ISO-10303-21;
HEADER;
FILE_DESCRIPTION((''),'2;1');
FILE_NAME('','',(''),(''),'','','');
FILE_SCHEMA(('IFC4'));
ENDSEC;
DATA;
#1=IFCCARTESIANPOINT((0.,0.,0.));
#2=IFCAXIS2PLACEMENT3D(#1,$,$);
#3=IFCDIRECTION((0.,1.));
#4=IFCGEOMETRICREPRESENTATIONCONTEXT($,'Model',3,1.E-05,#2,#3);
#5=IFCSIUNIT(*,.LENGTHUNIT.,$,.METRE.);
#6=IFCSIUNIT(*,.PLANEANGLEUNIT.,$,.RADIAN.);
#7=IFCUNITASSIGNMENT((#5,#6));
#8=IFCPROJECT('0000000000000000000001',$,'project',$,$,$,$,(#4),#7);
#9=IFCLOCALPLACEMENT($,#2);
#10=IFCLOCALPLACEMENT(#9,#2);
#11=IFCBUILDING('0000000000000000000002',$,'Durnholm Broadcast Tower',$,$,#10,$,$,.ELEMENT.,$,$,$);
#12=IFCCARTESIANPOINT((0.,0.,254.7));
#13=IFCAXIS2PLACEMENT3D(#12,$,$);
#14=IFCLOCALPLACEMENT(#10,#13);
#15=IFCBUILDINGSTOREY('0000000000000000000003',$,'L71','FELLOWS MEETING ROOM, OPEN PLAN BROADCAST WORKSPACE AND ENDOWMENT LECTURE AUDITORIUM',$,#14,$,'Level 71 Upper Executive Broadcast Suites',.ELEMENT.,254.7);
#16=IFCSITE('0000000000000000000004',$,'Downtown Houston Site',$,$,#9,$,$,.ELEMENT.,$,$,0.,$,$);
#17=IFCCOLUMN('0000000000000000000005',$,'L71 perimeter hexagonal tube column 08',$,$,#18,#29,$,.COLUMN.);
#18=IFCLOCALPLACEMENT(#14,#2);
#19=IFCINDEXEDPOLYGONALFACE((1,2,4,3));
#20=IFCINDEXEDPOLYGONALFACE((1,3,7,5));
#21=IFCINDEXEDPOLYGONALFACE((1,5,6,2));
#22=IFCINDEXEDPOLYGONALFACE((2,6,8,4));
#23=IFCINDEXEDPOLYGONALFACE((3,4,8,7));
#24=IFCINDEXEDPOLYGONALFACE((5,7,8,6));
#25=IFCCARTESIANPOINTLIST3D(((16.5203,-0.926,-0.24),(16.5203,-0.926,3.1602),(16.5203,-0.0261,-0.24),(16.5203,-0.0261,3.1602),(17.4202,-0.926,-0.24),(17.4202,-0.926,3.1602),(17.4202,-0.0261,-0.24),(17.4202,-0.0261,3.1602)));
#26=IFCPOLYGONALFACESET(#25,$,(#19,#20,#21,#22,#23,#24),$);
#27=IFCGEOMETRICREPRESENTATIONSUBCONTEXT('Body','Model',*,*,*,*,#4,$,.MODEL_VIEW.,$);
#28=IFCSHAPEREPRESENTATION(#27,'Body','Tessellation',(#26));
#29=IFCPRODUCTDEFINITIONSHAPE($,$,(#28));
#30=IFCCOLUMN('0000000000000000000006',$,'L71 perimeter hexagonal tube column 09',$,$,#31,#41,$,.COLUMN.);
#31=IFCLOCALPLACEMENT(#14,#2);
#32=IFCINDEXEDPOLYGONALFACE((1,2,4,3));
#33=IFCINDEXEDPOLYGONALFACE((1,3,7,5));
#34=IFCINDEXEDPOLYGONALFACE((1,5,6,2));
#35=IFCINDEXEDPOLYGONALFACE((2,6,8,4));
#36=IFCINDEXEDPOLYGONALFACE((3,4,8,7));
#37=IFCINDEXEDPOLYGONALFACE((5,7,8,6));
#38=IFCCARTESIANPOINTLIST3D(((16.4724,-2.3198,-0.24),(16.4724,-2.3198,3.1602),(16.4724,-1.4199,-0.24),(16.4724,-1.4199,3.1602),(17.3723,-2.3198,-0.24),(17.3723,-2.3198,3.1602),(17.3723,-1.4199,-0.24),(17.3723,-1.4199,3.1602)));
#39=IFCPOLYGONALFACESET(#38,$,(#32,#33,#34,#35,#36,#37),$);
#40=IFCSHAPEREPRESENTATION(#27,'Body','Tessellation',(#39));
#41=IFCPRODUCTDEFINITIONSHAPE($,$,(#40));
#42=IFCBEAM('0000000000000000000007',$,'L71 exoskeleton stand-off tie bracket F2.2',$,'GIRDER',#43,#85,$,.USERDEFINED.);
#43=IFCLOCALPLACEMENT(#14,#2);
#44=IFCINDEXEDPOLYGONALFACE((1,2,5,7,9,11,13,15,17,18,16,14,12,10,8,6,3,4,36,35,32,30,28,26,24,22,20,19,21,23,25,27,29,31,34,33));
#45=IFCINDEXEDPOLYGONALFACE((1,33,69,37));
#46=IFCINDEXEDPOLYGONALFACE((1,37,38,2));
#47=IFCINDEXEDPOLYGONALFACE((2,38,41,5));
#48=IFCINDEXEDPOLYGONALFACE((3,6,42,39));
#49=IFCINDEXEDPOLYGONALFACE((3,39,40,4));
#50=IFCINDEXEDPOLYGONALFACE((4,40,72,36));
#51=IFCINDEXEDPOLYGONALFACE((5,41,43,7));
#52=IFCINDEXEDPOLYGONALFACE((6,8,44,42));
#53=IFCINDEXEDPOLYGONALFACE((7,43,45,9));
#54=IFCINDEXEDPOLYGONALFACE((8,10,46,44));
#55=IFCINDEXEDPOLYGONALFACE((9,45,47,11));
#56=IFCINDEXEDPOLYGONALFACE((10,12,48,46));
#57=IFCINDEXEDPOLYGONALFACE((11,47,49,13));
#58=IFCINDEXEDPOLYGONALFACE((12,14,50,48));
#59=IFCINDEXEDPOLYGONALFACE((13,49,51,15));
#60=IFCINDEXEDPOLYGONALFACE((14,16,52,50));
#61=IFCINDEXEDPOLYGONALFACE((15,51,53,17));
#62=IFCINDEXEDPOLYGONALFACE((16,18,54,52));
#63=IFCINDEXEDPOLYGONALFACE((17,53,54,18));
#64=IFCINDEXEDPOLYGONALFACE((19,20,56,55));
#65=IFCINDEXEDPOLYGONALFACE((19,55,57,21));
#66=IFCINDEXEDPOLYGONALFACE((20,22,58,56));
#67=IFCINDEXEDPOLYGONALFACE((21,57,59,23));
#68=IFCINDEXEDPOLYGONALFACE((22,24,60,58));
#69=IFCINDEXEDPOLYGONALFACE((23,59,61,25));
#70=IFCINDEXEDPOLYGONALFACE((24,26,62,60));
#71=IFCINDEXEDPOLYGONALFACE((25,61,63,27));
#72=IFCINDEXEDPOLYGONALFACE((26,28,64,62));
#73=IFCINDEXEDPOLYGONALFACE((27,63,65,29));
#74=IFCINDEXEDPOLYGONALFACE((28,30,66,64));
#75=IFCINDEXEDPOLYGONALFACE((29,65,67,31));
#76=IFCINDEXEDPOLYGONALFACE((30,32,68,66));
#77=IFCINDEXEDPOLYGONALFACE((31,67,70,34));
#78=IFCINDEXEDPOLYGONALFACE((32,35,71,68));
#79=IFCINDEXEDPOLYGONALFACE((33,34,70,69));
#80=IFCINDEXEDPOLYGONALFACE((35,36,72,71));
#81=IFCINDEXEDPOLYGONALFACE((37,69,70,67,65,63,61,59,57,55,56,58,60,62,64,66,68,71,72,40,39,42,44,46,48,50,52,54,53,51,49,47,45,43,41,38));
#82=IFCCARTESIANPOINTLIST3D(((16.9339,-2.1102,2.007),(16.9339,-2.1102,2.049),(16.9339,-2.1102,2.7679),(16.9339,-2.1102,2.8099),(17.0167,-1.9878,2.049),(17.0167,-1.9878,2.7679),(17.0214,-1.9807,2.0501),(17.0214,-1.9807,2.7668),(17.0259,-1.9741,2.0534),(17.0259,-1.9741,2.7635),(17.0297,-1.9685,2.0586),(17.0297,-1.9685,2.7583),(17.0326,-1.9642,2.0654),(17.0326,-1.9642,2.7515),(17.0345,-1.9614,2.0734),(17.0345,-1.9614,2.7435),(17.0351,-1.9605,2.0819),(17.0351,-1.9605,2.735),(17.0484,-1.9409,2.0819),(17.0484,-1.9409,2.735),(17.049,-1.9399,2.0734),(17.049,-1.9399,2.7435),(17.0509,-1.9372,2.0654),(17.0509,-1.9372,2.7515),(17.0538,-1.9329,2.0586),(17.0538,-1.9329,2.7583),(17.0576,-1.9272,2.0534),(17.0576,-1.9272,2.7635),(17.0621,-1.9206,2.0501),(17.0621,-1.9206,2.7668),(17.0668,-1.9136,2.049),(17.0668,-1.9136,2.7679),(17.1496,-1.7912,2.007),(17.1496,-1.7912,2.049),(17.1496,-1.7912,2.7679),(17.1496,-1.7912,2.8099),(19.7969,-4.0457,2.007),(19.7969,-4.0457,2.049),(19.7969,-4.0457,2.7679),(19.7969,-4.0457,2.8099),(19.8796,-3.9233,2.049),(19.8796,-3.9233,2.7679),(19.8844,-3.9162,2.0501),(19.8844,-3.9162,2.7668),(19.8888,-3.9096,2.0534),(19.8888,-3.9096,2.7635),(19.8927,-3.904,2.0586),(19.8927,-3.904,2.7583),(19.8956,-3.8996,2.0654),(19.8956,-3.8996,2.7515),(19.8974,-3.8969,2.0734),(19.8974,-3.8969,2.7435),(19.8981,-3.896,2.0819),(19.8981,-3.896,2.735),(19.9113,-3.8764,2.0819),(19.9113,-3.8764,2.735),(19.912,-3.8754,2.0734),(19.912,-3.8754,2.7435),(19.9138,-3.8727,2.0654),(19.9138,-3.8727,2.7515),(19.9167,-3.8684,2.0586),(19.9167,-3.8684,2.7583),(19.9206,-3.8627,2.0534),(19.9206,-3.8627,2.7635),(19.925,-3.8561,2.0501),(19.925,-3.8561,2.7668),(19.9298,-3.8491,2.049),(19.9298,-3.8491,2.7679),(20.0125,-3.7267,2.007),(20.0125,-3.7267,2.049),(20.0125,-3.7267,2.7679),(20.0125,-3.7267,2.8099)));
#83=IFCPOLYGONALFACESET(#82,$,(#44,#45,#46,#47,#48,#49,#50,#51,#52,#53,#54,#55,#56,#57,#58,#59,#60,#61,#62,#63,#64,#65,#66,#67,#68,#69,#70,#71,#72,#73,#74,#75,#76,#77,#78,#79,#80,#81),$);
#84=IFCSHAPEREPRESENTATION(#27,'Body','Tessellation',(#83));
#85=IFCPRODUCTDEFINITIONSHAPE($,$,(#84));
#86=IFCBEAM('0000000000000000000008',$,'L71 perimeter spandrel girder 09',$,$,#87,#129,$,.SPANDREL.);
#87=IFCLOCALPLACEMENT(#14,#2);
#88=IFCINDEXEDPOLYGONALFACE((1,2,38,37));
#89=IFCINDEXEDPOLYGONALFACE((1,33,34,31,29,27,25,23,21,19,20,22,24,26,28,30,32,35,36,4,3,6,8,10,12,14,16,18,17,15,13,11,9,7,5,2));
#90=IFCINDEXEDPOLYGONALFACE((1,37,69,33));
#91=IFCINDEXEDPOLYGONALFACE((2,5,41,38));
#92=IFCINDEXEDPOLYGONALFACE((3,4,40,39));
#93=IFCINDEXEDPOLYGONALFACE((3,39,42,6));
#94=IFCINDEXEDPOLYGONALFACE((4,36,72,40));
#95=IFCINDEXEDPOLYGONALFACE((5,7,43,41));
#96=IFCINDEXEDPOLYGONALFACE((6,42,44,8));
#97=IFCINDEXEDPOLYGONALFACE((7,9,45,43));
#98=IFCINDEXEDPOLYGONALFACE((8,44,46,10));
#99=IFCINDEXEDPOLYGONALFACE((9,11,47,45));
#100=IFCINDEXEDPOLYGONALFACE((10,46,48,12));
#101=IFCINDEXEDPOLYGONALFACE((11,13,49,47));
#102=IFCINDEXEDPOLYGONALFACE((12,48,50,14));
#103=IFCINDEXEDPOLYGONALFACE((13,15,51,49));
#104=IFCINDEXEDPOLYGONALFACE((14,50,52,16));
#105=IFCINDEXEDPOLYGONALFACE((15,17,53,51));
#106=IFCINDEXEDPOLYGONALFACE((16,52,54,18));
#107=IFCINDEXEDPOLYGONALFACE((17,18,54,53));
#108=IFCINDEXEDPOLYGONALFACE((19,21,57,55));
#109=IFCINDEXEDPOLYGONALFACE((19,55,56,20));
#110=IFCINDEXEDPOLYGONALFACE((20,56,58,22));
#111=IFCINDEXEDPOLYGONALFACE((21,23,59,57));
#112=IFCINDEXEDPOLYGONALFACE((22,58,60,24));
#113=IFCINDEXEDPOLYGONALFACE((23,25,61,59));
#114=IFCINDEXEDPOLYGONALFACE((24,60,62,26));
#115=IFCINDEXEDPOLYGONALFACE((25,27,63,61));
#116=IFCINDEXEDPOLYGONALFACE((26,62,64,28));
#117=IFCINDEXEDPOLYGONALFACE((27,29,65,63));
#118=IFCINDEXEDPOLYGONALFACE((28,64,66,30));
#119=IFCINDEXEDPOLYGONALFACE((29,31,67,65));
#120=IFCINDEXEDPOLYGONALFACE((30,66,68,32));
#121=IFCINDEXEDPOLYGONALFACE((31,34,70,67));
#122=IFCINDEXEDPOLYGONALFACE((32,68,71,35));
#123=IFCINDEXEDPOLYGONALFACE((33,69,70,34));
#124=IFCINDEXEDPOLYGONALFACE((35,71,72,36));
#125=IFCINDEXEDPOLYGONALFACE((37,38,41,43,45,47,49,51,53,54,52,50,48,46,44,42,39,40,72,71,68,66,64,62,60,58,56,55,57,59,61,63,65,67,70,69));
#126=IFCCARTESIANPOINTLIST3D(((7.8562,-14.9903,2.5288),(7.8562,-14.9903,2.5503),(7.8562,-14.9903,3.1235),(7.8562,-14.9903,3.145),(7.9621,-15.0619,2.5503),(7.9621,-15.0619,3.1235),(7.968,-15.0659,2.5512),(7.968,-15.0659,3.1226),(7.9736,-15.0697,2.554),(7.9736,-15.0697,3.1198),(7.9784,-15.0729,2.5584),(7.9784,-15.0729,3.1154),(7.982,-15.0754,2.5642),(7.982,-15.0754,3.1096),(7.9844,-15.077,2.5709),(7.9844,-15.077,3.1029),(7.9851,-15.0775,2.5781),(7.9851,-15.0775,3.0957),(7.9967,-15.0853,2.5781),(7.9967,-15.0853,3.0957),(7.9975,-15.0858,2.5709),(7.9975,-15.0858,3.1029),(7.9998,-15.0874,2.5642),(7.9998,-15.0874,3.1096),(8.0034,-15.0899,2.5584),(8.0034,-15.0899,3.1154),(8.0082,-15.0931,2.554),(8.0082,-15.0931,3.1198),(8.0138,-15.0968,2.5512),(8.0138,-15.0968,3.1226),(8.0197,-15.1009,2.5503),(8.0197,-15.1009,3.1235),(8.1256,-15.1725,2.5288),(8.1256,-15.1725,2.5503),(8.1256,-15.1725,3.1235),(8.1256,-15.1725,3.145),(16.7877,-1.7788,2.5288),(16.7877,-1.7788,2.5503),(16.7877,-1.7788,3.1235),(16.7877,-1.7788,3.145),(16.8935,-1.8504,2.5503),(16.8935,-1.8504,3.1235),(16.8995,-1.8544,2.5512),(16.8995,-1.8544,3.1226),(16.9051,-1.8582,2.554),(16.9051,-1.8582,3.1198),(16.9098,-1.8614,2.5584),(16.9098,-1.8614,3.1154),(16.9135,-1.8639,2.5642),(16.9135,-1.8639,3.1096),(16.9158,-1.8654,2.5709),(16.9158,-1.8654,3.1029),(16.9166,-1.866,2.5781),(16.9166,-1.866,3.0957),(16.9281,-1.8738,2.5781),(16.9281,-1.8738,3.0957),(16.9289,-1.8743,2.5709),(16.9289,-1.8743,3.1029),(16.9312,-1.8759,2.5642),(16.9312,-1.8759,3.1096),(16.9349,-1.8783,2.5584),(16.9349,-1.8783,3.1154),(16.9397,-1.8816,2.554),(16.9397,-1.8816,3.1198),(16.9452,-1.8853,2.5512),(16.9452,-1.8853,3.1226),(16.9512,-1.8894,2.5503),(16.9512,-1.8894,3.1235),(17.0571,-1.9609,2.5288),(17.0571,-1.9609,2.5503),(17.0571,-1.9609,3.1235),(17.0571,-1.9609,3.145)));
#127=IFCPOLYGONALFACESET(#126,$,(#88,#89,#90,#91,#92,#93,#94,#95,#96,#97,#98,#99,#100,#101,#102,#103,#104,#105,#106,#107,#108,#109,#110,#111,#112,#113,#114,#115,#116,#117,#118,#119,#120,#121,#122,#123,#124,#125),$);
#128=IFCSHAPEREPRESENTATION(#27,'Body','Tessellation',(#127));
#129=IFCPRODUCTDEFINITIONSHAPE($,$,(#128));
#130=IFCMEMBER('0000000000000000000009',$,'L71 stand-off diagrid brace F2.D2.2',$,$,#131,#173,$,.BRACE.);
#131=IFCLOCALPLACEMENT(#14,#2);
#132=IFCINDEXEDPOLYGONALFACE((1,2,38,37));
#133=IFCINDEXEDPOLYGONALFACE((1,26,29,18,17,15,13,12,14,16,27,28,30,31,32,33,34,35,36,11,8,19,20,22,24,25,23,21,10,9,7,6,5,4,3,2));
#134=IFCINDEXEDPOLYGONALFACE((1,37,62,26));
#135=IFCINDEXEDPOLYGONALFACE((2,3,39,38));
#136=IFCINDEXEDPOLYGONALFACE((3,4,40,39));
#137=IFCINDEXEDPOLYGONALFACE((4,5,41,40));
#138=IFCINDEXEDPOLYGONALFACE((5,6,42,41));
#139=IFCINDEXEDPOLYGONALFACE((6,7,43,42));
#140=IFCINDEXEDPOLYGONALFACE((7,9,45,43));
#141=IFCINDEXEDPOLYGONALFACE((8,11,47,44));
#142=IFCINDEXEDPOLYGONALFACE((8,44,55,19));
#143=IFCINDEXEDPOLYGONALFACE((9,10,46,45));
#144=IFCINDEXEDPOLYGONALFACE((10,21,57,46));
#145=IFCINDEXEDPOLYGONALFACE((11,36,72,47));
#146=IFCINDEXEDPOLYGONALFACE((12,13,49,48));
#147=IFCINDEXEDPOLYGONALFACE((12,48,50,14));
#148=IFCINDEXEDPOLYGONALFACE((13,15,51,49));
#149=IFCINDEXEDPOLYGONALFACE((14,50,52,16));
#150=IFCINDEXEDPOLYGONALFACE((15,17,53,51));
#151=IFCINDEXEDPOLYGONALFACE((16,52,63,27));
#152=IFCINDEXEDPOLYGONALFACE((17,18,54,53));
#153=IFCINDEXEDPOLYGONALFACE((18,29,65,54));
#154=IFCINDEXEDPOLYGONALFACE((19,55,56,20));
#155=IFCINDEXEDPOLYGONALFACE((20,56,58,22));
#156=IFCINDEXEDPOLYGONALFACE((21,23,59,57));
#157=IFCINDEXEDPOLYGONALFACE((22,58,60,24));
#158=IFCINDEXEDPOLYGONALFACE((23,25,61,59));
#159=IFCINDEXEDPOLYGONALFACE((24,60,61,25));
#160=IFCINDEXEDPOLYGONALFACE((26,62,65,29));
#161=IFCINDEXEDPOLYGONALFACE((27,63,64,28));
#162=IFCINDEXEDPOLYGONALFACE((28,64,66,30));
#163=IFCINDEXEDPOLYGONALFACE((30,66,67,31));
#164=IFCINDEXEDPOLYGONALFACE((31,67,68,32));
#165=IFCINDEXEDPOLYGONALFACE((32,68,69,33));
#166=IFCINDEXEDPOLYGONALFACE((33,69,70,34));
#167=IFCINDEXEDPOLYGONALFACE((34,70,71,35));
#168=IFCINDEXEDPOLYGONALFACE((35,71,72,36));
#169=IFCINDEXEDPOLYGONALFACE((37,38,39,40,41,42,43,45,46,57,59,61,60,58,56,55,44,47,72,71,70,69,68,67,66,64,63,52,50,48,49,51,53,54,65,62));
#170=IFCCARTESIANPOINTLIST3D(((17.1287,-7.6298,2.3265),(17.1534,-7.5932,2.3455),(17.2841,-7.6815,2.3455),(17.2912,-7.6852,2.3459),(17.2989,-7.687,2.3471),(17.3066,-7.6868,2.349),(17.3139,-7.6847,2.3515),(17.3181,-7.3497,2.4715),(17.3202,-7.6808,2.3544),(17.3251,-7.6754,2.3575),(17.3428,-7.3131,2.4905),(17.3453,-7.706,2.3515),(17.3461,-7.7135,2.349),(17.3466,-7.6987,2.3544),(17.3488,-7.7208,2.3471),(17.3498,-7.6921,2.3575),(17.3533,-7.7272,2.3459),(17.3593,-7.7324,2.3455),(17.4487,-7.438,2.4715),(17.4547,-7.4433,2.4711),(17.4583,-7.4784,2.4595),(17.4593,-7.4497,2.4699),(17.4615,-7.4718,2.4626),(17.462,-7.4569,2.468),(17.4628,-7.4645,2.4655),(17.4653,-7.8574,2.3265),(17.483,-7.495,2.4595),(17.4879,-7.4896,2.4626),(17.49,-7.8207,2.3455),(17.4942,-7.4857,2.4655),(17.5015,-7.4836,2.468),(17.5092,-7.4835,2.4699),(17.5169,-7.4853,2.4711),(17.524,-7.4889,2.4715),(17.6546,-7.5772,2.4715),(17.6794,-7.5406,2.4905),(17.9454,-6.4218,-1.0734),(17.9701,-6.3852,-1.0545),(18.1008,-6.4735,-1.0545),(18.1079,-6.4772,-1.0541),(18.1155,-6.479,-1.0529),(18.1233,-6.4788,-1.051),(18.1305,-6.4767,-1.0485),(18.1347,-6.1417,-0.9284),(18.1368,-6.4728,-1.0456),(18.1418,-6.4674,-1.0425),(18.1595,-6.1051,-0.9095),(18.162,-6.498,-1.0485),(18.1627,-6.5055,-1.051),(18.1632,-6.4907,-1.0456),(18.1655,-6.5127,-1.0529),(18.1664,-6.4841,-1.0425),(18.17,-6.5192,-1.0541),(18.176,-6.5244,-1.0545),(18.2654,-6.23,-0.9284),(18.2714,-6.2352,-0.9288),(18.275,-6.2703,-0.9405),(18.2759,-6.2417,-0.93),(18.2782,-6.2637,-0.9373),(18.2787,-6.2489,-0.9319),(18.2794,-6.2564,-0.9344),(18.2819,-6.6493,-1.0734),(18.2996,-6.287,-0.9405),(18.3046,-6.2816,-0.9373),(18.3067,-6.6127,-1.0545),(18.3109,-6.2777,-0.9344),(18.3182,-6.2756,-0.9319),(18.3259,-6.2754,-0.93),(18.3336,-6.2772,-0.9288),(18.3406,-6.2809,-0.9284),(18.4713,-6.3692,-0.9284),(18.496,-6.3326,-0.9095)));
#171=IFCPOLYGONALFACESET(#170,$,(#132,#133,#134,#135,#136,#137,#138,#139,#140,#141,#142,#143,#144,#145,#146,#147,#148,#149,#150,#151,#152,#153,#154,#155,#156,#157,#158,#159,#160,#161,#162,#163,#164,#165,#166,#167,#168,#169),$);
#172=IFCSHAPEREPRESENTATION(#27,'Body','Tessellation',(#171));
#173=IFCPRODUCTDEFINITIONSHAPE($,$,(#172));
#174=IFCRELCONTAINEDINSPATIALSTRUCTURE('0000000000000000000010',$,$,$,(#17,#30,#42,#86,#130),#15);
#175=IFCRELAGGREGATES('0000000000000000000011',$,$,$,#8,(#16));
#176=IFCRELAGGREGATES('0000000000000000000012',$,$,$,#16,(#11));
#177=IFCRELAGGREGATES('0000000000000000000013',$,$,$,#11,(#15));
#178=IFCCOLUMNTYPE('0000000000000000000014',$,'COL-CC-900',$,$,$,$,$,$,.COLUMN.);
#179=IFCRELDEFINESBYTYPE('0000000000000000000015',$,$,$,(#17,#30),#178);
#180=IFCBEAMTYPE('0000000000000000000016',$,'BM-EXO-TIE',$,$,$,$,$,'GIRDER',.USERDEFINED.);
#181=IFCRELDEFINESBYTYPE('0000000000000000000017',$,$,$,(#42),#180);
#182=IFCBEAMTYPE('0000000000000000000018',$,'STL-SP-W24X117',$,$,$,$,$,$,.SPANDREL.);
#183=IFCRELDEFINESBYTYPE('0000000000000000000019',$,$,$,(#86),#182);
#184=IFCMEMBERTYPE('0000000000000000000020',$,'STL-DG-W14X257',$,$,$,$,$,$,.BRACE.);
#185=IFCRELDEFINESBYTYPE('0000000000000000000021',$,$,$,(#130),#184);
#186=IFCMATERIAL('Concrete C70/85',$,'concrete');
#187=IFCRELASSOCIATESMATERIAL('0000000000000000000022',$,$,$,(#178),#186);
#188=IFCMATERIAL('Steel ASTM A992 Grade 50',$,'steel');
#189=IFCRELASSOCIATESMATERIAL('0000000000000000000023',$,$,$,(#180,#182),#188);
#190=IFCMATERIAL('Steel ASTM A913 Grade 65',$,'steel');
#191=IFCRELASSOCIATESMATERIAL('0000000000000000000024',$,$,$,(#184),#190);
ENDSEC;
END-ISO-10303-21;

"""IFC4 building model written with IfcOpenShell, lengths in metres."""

from ifc_helpers import new_model, si_unit, direction, frame, origin, origin_2d, place, context, subcontext, project, spatial, rectangle, i_section, extrude, source, transform, mapped, material, material_profile, profile_set, type_object, type_shapes, element, save


model = new_model("IFC4")

# Units and contexts
model_context = context("Model", 3, precision=1e-05, world=origin(), true_north=direction((0.0, 1.0)))
body_context = subcontext(model_context, "Body", "Model", "MODEL_VIEW")
ifc_project = project(units=[si_unit("LENGTHUNIT", "METRE"), si_unit("PLANEANGLEUNIT", "RADIAN")], contexts=[model_context])

# Site, building, storey
site_placement = place(None, origin())
site = spatial("IfcSite", under=ifc_project, at=site_placement, Name="Downtown Houston Site", CompositionType="ELEMENT", RefElevation=0.0)
building_placement = place(site_placement, origin())
building = spatial("IfcBuilding", under=site, at=building_placement, Name="Durnholm Broadcast Tower", CompositionType="ELEMENT")
storey_placement = place(building_placement, frame((0.0, 0.0, 254.7)))
storey = spatial("IfcBuildingStorey", under=building, at=storey_placement, Name="L71", Description="FELLOWS MEETING ROOM, OPEN PLAN BROADCAST WORKSPACE AND ENDOWMENT LECTURE AUDITORIUM", LongName="Level 71 Upper Executive Broadcast Suites", CompositionType="ELEMENT", Elevation=254.7)

# Columns
ifc_material_1 = material(Name="Concrete C70/85", Category="concrete")
ifc_material_profile_1 = material_profile(ifc_material_1, rectangle(XDim=0.8999, YDim=0.8999, at=origin_2d()), Name="RC900X900")
ifc_profile_set_1 = profile_set([ifc_material_profile_1], Name="Concrete C70/85")
column_type = type_object("IfcColumnType", Name="COL-CC-900", PredefinedType="COLUMN", material=ifc_profile_set_1)
shared_shape_1 = source(origin(), body_context, "Body", "SweptSolid", [
    extrude(rectangle(XDim=0.8999, YDim=0.8999, at=origin_2d()), origin(), (0.0, 0.0, 1.0), 3.4001),
])
type_shapes(column_type, [shared_shape_1])
for number, where, z_axis, x_axis, name in (
    (1, (16.9702, -0.4761, -0.24), (0.0, 0.0, 1.0), (1.0, 0.0, 0.0), "L71 perimeter hexagonal tube column 08"),
    (2, (16.9224, -1.8699, -0.24), (0.0, 0.0, 1.0), (1.0, 0.0, 0.0), "L71 perimeter hexagonal tube column 09"),
):
    element("IfcColumn", number, at=place(storey_placement, frame(where, z_axis=z_axis, x_axis=x_axis)), inside=storey, type_object=column_type, Name=name, PredefinedType="COLUMN", context=body_context, shape_type="MappedRepresentation", body=[
        mapped(shared_shape_1, transform((0.0, 0.0, 0.0), x_axis=(1.0, 0.0, 0.0), y_axis=(0.0, 1.0, 0.0), z_axis=(0.0, 0.0, 1.0), scale=1.0)),
    ])

# Beams
ifc_material_2 = material(Name="Steel ASTM A992 Grade 50", Category="steel")
ifc_material_profile_2 = material_profile(ifc_material_2, i_section(OverallWidth=0.385, OverallDepth=0.803, WebThickness=0.0237, FlangeThickness=0.042, FilletRadius=0.033, at=origin_2d()), Name="W30X261")
ifc_profile_set_2 = profile_set([ifc_material_profile_2], Name="Steel ASTM A992 Grade 50")
beam_type_1 = type_object("IfcBeamType", Name="BM-EXO-TIE", ElementType="GIRDER", PredefinedType="USERDEFINED", material=ifc_profile_set_2)
shared_shape_2 = source(origin(), body_context, "Body", "SweptSolid", [
    extrude(i_section(OverallWidth=0.385, OverallDepth=0.803, WebThickness=0.0237, FlangeThickness=0.042, FilletRadius=0.033, at=origin_2d()), origin(), (0.0, 0.0, 1.0), 3.4558),
])
type_shapes(beam_type_1, [shared_shape_2])
beam_1_placement = place(storey_placement, frame((17.0417, -1.9507, 2.4084), z_axis=(0.828446, -0.560068, 0.0), x_axis=(0.560068, 0.828446, 0.0)))
element("IfcBeam", 3, at=beam_1_placement, inside=storey, type_object=beam_type_1, Name="L71 exoskeleton stand-off tie bracket F2.2", ObjectType="GIRDER", PredefinedType="USERDEFINED", context=body_context, shape_type="MappedRepresentation", body=[
    mapped(shared_shape_2, transform((0.0, 0.0, 0.0), x_axis=(1.0, 0.0, 0.0), y_axis=(0.0, 1.0, 0.0), z_axis=(0.0, 0.0, 1.0), scale=1.0)),
])
ifc_material_profile_3 = material_profile(ifc_material_2, i_section(OverallWidth=0.3252, OverallDepth=0.6162, WebThickness=0.0139, FlangeThickness=0.0215, FilletRadius=0.0278, at=origin_2d()), Name="W24X117")
ifc_profile_set_3 = profile_set([ifc_material_profile_3], Name="Steel ASTM A992 Grade 50")
beam_type_2 = type_object("IfcBeamType", Name="STL-SP-W24X117", PredefinedType="SPANDREL", material=ifc_profile_set_3)
shared_shape_3 = source(origin(), body_context, "Body", "SweptSolid", [
    extrude(i_section(OverallWidth=0.3252, OverallDepth=0.6162, WebThickness=0.0139, FlangeThickness=0.0215, FilletRadius=0.0278, at=origin_2d()), origin(), (0.0, 0.0, 1.0), 15.9473),
])
type_shapes(beam_type_2, [shared_shape_3])
beam_2_placement = place(storey_placement, frame((16.9224, -1.8699, 2.8369), z_axis=(-0.560062, -0.828451, 0.0), x_axis=(0.828451, -0.560062, 0.0)))
element("IfcBeam", 4, at=beam_2_placement, inside=storey, type_object=beam_type_2, Name="L71 perimeter spandrel girder 09", PredefinedType="SPANDREL", context=body_context, shape_type="MappedRepresentation", body=[
    mapped(shared_shape_3, transform((0.0, 0.0, 0.0), x_axis=(1.0, 0.0, 0.0), y_axis=(0.0, 1.0, 0.0), z_axis=(0.0, 0.0, 1.0), scale=1.0)),
])

# Member
ifc_material_3 = material(Name="Steel ASTM A913 Grade 65", Category="steel")
ifc_material_profile_4 = material_profile(ifc_material_3, i_section(OverallWidth=0.4062, OverallDepth=0.416, WebThickness=0.0298, FlangeThickness=0.0481, FilletRadius=0.0305, at=origin_2d()), Name="W14X257")
ifc_profile_set_4 = profile_set([ifc_material_profile_4], Name="Steel ASTM A913 Grade 65")
member_type_1 = type_object("IfcMemberType", Name="STL-DG-W14X257", PredefinedType="BRACE", material=ifc_profile_set_4)
shared_shape_4 = source(origin(), body_context, "Body", "SweptSolid", [
    extrude(i_section(OverallWidth=0.4062, OverallDepth=0.416, WebThickness=0.0298, FlangeThickness=0.0481, FilletRadius=0.0305, at=origin_2d()), origin(), (0.0, 0.0, 1.0), 3.6995),
])
type_shapes(member_type_1, [shared_shape_4])
member_1_placement = place(storey_placement, frame((18.2207, -6.3772, -0.9915), z_axis=(-0.220752, -0.326542, 0.919042), x_axis=(0.828452, -0.560059, 0.0)))
element("IfcMember", 5, at=member_1_placement, inside=storey, type_object=member_type_1, Name="L71 stand-off diagrid brace F2.D2.2", PredefinedType="BRACE", context=body_context, shape_type="MappedRepresentation", body=[
    mapped(shared_shape_4, transform((0.0, 0.0, 0.0), x_axis=(1.0, 0.0, 0.0), y_axis=(0.0, 1.0, 0.0), z_axis=(0.0, 0.0, 1.0), scale=1.0)),
])

save(model, "model.ifc")
